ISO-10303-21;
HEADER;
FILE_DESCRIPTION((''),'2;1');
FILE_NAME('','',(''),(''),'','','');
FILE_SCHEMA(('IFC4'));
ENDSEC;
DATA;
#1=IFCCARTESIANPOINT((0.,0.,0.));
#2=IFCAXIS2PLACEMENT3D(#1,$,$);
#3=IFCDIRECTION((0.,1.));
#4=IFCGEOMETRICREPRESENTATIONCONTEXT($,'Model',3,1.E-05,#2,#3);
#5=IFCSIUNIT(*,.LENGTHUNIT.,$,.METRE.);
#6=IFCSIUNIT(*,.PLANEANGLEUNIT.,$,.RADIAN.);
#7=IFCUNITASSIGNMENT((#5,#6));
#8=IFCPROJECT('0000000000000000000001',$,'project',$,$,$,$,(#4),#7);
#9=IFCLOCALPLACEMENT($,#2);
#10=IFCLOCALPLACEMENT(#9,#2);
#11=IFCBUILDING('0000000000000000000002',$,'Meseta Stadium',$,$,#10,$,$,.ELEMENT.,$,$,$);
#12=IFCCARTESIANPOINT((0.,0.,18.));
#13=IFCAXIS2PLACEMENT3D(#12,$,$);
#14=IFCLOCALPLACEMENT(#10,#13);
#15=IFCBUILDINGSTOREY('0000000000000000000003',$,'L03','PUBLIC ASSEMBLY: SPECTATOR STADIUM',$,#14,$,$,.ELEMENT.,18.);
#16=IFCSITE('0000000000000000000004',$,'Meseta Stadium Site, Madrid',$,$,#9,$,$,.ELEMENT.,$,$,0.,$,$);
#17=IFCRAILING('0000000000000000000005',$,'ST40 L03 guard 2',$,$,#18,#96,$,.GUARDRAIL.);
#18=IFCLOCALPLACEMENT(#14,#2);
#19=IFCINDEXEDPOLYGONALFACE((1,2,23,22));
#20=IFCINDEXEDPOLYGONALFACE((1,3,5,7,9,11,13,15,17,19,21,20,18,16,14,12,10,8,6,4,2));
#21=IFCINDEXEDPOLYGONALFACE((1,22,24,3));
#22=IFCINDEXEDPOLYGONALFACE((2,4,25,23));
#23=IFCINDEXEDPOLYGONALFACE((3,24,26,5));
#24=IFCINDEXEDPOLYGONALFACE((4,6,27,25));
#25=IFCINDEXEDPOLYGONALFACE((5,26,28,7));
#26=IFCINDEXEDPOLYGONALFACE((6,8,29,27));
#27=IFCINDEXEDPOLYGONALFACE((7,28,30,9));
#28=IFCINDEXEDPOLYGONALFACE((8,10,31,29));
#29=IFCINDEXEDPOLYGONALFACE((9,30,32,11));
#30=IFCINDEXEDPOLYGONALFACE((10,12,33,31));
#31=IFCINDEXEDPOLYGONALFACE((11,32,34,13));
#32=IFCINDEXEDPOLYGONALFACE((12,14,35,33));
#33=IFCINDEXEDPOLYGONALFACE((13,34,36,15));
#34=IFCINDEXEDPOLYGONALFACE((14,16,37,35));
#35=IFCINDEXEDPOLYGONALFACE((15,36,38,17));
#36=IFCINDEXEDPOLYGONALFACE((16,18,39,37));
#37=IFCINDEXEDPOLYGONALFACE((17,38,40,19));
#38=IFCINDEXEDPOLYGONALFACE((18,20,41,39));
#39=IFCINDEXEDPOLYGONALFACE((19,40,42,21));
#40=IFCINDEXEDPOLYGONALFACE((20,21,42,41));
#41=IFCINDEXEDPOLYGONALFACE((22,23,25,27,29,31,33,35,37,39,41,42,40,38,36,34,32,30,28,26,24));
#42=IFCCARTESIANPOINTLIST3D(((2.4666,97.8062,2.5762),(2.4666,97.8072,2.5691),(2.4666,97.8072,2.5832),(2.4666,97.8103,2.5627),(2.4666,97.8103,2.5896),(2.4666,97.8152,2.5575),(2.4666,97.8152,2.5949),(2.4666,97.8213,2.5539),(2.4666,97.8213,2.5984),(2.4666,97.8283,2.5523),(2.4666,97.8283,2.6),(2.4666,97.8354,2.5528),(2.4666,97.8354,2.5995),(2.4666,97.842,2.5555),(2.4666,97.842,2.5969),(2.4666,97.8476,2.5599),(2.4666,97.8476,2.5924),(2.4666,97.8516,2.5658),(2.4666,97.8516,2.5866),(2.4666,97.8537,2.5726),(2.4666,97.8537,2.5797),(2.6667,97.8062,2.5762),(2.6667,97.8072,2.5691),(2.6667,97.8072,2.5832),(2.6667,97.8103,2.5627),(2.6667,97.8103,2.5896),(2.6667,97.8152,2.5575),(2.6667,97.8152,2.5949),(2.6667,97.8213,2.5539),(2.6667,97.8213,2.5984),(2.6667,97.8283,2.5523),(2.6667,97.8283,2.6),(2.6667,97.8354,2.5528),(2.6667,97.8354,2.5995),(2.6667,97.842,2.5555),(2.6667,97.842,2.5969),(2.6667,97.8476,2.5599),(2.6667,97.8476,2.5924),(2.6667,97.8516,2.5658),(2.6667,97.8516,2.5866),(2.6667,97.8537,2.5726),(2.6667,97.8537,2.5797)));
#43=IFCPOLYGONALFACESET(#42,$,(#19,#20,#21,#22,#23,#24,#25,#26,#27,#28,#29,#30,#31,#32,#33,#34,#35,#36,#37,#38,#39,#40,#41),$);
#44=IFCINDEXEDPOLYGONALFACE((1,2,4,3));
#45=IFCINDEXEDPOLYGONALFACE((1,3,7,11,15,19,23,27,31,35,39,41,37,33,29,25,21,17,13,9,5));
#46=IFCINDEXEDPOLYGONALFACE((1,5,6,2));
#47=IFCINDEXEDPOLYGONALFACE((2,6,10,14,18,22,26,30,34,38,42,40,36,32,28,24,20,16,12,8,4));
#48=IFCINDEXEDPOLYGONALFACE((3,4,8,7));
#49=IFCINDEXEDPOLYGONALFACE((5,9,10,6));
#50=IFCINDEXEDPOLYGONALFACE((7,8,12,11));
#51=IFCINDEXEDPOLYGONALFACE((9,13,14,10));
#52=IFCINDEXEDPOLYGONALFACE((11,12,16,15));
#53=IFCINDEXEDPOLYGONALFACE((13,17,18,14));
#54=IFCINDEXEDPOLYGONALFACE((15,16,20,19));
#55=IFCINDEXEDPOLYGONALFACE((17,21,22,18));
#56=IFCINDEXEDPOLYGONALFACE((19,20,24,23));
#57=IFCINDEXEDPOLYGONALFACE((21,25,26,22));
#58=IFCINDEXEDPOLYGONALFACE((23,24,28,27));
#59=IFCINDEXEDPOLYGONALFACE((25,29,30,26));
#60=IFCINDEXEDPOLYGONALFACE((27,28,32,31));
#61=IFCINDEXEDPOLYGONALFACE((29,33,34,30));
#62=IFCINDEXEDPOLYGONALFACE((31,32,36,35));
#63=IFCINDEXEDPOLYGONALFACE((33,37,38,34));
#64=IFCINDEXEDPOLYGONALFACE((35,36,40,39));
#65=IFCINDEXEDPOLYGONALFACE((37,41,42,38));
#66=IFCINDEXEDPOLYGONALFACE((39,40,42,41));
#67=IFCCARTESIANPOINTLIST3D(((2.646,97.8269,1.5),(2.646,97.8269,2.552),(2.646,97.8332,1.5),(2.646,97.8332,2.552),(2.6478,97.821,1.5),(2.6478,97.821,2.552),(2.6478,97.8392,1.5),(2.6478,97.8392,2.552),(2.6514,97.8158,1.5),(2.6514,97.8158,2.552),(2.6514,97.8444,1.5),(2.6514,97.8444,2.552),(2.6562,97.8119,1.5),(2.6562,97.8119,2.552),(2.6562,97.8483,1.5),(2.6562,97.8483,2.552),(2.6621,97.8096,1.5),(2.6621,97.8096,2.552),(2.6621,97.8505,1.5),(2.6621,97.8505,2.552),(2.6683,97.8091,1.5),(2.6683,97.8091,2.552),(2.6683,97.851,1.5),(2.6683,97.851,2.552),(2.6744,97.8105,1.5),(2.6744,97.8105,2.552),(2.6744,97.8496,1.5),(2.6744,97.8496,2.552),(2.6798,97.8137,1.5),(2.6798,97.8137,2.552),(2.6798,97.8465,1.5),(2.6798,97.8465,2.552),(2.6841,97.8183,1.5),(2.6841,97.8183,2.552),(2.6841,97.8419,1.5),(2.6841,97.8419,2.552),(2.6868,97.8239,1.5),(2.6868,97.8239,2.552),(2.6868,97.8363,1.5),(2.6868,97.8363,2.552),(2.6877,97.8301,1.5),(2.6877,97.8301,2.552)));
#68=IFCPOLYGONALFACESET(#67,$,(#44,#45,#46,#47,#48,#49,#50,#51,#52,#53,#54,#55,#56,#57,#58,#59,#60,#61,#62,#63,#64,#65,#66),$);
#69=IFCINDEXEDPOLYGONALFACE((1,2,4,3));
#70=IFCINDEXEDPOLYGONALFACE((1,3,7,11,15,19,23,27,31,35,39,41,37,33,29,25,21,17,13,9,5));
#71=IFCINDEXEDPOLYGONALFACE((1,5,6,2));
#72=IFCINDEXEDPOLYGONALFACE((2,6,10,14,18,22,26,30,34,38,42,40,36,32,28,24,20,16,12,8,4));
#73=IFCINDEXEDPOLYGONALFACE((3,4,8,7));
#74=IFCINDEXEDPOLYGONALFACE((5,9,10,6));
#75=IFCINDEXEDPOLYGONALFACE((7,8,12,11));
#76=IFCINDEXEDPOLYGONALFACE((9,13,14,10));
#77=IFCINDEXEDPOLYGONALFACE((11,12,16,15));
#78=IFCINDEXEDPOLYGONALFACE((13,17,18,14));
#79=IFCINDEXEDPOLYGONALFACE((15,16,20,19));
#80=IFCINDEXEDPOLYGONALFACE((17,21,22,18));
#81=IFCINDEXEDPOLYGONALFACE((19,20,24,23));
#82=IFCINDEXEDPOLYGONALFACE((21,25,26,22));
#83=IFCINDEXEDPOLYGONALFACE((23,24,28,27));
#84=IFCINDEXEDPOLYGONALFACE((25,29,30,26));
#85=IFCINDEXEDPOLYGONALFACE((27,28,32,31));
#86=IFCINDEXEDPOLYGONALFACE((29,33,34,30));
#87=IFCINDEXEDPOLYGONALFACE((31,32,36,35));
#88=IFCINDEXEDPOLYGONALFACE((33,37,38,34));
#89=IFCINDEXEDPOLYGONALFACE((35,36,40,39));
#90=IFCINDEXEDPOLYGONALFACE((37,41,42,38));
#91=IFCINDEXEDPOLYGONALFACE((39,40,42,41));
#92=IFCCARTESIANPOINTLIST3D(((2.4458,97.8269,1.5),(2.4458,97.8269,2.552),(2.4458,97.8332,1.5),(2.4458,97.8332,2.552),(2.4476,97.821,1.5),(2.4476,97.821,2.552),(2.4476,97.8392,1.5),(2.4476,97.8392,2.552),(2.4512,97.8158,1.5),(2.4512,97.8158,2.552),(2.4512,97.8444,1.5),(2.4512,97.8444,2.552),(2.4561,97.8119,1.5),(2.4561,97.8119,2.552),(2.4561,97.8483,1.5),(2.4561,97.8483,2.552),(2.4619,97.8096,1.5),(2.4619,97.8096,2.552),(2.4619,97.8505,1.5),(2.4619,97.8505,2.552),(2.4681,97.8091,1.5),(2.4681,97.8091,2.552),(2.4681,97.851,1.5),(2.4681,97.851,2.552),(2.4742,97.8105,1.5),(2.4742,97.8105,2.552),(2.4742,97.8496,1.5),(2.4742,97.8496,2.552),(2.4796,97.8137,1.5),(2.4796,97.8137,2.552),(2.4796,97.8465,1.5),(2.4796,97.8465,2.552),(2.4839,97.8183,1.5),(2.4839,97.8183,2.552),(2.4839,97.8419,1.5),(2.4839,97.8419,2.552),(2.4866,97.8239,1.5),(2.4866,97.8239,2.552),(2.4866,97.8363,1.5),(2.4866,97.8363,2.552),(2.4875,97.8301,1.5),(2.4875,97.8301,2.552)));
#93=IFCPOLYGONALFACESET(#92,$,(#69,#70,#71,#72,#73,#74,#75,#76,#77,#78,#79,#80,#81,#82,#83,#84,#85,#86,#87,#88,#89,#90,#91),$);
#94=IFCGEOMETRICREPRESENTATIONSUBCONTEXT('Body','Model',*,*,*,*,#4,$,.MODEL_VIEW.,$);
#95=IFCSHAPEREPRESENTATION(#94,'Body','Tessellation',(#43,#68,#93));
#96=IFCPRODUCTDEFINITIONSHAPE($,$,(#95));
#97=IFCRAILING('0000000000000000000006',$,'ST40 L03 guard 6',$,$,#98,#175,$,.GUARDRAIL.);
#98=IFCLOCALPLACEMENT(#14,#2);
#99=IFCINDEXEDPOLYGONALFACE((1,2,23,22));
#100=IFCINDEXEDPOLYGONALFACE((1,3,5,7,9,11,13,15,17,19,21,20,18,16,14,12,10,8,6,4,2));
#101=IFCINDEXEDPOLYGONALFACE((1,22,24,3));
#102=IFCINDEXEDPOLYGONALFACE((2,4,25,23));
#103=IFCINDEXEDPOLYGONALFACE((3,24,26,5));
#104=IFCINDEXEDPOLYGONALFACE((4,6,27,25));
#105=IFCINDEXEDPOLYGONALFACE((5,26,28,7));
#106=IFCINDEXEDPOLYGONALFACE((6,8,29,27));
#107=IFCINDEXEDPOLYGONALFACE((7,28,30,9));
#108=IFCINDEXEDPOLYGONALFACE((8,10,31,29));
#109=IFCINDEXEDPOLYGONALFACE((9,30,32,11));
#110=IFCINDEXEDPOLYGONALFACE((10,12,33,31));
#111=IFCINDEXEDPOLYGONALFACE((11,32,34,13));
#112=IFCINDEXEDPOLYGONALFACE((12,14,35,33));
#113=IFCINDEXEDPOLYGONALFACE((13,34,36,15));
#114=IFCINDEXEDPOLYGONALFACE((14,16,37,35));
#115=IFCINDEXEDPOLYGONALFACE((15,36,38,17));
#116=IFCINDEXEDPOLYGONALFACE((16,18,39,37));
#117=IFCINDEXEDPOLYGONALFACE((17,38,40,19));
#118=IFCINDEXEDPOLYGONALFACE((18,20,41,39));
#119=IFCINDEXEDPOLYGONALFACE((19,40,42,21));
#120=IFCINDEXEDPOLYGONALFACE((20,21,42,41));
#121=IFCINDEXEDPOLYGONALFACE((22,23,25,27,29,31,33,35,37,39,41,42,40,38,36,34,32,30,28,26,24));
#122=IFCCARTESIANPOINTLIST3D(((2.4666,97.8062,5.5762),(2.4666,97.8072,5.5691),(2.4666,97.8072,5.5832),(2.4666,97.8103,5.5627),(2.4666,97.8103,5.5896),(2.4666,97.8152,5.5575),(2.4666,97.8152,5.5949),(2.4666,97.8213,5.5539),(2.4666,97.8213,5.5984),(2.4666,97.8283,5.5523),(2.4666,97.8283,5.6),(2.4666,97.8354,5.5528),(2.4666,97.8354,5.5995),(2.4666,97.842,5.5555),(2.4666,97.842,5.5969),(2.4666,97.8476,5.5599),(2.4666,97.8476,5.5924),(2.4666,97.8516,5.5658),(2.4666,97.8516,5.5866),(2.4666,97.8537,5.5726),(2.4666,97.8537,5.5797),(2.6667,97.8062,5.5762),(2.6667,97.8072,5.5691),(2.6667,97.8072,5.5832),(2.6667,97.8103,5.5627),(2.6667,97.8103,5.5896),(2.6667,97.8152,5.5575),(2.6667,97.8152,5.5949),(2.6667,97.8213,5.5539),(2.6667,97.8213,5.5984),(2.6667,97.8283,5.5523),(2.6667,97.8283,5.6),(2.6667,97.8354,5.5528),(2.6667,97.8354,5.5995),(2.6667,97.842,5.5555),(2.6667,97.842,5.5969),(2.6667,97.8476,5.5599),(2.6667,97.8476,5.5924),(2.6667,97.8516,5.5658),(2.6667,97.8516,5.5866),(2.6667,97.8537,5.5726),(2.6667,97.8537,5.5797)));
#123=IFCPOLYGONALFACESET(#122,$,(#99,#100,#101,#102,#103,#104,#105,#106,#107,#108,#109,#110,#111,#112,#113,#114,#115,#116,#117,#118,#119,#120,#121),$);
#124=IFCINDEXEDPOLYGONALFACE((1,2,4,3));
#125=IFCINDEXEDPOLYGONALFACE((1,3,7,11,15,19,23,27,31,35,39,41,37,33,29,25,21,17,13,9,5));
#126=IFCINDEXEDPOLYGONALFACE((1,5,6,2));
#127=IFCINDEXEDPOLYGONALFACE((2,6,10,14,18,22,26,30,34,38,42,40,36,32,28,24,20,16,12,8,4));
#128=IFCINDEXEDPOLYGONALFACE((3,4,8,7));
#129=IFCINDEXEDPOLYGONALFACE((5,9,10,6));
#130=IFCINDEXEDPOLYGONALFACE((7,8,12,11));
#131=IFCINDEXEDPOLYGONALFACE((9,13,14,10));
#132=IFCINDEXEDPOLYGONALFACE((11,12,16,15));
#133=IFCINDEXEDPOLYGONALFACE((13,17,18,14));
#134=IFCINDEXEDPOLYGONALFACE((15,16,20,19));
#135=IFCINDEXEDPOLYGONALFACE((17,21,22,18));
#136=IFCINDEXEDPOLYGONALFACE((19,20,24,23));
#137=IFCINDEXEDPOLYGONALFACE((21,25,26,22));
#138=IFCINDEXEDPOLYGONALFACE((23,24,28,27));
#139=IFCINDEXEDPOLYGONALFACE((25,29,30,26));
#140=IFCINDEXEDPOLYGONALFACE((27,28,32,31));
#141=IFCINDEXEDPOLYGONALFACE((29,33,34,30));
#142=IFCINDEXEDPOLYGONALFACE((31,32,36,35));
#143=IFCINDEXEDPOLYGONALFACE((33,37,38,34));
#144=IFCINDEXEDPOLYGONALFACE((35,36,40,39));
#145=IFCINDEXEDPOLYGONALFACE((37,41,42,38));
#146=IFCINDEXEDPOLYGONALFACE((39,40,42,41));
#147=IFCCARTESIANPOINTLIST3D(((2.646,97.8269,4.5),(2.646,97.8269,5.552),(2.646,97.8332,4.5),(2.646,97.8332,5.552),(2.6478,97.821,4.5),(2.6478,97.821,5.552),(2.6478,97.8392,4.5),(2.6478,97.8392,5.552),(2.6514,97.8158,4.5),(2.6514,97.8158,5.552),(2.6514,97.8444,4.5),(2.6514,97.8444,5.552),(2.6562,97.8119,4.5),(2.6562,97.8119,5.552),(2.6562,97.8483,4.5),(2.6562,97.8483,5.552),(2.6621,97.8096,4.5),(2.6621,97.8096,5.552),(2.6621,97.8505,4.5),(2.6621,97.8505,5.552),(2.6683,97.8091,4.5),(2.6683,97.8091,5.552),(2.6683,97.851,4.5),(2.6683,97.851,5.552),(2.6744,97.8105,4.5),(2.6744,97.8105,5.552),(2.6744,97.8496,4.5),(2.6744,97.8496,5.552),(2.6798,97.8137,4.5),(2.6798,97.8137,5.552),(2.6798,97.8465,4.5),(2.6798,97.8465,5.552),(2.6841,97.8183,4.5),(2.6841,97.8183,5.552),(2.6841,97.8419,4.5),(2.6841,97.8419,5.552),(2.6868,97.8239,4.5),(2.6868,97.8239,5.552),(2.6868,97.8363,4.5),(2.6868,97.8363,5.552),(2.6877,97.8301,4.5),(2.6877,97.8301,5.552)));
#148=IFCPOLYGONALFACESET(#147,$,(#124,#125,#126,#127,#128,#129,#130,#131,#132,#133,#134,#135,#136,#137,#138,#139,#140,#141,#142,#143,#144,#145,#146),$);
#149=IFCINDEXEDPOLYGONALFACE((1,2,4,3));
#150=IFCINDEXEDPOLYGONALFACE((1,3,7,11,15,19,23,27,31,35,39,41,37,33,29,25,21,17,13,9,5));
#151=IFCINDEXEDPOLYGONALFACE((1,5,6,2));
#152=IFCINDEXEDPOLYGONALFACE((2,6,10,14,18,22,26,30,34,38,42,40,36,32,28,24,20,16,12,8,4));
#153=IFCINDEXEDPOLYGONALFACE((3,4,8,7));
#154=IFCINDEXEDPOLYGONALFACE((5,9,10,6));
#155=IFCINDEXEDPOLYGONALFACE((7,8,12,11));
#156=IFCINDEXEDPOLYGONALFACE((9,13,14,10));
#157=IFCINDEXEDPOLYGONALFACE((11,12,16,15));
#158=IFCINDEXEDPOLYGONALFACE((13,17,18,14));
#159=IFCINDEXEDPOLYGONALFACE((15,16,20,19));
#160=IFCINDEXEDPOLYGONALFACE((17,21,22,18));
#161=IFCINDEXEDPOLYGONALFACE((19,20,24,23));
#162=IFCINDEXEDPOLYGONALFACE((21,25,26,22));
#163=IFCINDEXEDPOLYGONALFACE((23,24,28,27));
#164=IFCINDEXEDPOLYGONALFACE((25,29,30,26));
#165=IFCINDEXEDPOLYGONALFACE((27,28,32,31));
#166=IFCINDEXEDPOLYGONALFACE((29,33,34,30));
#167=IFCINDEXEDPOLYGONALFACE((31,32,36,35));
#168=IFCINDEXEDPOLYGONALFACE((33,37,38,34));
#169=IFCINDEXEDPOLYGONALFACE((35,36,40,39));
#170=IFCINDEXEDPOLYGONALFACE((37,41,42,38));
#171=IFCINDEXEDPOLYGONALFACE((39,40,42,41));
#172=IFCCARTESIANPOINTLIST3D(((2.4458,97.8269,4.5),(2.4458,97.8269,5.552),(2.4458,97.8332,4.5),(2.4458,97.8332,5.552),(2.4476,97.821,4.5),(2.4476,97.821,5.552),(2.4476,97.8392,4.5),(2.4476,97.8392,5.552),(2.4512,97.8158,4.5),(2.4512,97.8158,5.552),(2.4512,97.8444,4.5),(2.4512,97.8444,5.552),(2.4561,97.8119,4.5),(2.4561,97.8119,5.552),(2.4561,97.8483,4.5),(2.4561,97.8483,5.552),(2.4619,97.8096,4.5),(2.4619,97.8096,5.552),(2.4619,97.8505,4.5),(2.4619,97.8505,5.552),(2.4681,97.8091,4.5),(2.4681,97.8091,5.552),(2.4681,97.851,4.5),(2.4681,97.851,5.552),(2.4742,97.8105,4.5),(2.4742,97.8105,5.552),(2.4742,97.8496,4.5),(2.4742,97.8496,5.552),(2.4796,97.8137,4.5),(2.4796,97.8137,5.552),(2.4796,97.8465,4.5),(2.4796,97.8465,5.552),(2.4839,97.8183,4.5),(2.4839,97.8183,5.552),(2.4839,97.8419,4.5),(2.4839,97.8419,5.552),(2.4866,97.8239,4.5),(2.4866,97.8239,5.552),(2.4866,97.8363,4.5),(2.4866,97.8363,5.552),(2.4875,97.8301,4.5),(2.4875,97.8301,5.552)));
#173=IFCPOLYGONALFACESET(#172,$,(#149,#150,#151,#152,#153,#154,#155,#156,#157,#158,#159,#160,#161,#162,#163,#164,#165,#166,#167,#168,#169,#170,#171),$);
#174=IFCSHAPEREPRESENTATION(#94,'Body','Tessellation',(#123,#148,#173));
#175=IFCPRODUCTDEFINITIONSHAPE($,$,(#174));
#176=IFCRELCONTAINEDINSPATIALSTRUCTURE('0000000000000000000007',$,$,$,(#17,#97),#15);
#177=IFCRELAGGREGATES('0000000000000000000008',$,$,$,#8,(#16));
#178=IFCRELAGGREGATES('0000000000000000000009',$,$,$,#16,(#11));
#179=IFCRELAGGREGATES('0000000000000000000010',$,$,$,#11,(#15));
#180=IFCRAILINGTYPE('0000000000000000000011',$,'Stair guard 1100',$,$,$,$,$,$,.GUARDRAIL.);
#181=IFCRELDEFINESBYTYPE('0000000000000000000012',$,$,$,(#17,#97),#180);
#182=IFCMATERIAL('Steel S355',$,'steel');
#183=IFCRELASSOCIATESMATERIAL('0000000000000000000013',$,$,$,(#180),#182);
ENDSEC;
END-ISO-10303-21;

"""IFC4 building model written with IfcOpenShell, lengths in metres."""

from ifc_helpers import new_model, si_unit, direction, frame, origin, origin_2d, place, context, subcontext, project, spatial, circle, extrude, material, type_object, element, save


model = new_model("IFC4")

# Units and contexts
model_context = context("Model", 3, precision=1e-05, world=origin(), true_north=direction((0.0, 1.0)))
body_context = subcontext(model_context, "Body", "Model", "MODEL_VIEW")
ifc_project = project(units=[si_unit("LENGTHUNIT", "METRE"), si_unit("PLANEANGLEUNIT", "RADIAN")], contexts=[model_context])

# Site, building, storey
site_placement = place(None, origin())
site = spatial("IfcSite", under=ifc_project, at=site_placement, Name="Meseta Stadium Site, Madrid", CompositionType="ELEMENT", RefElevation=0.0)
building_placement = place(site_placement, origin())
building = spatial("IfcBuilding", under=site, at=building_placement, Name="Meseta Stadium", CompositionType="ELEMENT")
storey_placement = place(building_placement, frame((0.0, 0.0, 18.0)))
storey = spatial("IfcBuildingStorey", under=building, at=storey_placement, Name="L03", Description="PUBLIC ASSEMBLY: SPECTATOR STADIUM", CompositionType="ELEMENT", Elevation=18.0)

# Railings
ifc_material_1 = material(Name="Steel S355", Category="steel")
railing_type = type_object("IfcRailingType", Name="Stair guard 1100", PredefinedType="GUARDRAIL", material=ifc_material_1)
for number, where, name in (
    (1, (2.6667, 97.8301, 1.5), "ST40 L03 guard 2"),
    (2, (2.6667, 97.8301, 4.5), "ST40 L03 guard 6"),
):
    element("IfcRailing", number, at=place(storey_placement, frame(where)), inside=storey, type_object=railing_type, Name=name, PredefinedType="GUARDRAIL", context=body_context, shape_type="SweptSolid", body=[
        extrude(circle(Radius=0.0239, at=origin_2d()), frame((0.0, 0.0, 1.0762), z_axis=(-1.0, 0.0, 0.0), x_axis=(0.0, -1.0, 0.0)), (0.0, 0.0, 1.0), 0.2002),
        extrude(circle(Radius=0.021, at=origin_2d()), origin(), (0.0, 0.0, 1.0), 1.052),
        extrude(circle(Radius=0.021, at=origin_2d()), frame((-0.2002, 0.0, 0.0)), (0.0, 0.0, 1.0), 1.052),
    ])

save(model, "model.ifc")
